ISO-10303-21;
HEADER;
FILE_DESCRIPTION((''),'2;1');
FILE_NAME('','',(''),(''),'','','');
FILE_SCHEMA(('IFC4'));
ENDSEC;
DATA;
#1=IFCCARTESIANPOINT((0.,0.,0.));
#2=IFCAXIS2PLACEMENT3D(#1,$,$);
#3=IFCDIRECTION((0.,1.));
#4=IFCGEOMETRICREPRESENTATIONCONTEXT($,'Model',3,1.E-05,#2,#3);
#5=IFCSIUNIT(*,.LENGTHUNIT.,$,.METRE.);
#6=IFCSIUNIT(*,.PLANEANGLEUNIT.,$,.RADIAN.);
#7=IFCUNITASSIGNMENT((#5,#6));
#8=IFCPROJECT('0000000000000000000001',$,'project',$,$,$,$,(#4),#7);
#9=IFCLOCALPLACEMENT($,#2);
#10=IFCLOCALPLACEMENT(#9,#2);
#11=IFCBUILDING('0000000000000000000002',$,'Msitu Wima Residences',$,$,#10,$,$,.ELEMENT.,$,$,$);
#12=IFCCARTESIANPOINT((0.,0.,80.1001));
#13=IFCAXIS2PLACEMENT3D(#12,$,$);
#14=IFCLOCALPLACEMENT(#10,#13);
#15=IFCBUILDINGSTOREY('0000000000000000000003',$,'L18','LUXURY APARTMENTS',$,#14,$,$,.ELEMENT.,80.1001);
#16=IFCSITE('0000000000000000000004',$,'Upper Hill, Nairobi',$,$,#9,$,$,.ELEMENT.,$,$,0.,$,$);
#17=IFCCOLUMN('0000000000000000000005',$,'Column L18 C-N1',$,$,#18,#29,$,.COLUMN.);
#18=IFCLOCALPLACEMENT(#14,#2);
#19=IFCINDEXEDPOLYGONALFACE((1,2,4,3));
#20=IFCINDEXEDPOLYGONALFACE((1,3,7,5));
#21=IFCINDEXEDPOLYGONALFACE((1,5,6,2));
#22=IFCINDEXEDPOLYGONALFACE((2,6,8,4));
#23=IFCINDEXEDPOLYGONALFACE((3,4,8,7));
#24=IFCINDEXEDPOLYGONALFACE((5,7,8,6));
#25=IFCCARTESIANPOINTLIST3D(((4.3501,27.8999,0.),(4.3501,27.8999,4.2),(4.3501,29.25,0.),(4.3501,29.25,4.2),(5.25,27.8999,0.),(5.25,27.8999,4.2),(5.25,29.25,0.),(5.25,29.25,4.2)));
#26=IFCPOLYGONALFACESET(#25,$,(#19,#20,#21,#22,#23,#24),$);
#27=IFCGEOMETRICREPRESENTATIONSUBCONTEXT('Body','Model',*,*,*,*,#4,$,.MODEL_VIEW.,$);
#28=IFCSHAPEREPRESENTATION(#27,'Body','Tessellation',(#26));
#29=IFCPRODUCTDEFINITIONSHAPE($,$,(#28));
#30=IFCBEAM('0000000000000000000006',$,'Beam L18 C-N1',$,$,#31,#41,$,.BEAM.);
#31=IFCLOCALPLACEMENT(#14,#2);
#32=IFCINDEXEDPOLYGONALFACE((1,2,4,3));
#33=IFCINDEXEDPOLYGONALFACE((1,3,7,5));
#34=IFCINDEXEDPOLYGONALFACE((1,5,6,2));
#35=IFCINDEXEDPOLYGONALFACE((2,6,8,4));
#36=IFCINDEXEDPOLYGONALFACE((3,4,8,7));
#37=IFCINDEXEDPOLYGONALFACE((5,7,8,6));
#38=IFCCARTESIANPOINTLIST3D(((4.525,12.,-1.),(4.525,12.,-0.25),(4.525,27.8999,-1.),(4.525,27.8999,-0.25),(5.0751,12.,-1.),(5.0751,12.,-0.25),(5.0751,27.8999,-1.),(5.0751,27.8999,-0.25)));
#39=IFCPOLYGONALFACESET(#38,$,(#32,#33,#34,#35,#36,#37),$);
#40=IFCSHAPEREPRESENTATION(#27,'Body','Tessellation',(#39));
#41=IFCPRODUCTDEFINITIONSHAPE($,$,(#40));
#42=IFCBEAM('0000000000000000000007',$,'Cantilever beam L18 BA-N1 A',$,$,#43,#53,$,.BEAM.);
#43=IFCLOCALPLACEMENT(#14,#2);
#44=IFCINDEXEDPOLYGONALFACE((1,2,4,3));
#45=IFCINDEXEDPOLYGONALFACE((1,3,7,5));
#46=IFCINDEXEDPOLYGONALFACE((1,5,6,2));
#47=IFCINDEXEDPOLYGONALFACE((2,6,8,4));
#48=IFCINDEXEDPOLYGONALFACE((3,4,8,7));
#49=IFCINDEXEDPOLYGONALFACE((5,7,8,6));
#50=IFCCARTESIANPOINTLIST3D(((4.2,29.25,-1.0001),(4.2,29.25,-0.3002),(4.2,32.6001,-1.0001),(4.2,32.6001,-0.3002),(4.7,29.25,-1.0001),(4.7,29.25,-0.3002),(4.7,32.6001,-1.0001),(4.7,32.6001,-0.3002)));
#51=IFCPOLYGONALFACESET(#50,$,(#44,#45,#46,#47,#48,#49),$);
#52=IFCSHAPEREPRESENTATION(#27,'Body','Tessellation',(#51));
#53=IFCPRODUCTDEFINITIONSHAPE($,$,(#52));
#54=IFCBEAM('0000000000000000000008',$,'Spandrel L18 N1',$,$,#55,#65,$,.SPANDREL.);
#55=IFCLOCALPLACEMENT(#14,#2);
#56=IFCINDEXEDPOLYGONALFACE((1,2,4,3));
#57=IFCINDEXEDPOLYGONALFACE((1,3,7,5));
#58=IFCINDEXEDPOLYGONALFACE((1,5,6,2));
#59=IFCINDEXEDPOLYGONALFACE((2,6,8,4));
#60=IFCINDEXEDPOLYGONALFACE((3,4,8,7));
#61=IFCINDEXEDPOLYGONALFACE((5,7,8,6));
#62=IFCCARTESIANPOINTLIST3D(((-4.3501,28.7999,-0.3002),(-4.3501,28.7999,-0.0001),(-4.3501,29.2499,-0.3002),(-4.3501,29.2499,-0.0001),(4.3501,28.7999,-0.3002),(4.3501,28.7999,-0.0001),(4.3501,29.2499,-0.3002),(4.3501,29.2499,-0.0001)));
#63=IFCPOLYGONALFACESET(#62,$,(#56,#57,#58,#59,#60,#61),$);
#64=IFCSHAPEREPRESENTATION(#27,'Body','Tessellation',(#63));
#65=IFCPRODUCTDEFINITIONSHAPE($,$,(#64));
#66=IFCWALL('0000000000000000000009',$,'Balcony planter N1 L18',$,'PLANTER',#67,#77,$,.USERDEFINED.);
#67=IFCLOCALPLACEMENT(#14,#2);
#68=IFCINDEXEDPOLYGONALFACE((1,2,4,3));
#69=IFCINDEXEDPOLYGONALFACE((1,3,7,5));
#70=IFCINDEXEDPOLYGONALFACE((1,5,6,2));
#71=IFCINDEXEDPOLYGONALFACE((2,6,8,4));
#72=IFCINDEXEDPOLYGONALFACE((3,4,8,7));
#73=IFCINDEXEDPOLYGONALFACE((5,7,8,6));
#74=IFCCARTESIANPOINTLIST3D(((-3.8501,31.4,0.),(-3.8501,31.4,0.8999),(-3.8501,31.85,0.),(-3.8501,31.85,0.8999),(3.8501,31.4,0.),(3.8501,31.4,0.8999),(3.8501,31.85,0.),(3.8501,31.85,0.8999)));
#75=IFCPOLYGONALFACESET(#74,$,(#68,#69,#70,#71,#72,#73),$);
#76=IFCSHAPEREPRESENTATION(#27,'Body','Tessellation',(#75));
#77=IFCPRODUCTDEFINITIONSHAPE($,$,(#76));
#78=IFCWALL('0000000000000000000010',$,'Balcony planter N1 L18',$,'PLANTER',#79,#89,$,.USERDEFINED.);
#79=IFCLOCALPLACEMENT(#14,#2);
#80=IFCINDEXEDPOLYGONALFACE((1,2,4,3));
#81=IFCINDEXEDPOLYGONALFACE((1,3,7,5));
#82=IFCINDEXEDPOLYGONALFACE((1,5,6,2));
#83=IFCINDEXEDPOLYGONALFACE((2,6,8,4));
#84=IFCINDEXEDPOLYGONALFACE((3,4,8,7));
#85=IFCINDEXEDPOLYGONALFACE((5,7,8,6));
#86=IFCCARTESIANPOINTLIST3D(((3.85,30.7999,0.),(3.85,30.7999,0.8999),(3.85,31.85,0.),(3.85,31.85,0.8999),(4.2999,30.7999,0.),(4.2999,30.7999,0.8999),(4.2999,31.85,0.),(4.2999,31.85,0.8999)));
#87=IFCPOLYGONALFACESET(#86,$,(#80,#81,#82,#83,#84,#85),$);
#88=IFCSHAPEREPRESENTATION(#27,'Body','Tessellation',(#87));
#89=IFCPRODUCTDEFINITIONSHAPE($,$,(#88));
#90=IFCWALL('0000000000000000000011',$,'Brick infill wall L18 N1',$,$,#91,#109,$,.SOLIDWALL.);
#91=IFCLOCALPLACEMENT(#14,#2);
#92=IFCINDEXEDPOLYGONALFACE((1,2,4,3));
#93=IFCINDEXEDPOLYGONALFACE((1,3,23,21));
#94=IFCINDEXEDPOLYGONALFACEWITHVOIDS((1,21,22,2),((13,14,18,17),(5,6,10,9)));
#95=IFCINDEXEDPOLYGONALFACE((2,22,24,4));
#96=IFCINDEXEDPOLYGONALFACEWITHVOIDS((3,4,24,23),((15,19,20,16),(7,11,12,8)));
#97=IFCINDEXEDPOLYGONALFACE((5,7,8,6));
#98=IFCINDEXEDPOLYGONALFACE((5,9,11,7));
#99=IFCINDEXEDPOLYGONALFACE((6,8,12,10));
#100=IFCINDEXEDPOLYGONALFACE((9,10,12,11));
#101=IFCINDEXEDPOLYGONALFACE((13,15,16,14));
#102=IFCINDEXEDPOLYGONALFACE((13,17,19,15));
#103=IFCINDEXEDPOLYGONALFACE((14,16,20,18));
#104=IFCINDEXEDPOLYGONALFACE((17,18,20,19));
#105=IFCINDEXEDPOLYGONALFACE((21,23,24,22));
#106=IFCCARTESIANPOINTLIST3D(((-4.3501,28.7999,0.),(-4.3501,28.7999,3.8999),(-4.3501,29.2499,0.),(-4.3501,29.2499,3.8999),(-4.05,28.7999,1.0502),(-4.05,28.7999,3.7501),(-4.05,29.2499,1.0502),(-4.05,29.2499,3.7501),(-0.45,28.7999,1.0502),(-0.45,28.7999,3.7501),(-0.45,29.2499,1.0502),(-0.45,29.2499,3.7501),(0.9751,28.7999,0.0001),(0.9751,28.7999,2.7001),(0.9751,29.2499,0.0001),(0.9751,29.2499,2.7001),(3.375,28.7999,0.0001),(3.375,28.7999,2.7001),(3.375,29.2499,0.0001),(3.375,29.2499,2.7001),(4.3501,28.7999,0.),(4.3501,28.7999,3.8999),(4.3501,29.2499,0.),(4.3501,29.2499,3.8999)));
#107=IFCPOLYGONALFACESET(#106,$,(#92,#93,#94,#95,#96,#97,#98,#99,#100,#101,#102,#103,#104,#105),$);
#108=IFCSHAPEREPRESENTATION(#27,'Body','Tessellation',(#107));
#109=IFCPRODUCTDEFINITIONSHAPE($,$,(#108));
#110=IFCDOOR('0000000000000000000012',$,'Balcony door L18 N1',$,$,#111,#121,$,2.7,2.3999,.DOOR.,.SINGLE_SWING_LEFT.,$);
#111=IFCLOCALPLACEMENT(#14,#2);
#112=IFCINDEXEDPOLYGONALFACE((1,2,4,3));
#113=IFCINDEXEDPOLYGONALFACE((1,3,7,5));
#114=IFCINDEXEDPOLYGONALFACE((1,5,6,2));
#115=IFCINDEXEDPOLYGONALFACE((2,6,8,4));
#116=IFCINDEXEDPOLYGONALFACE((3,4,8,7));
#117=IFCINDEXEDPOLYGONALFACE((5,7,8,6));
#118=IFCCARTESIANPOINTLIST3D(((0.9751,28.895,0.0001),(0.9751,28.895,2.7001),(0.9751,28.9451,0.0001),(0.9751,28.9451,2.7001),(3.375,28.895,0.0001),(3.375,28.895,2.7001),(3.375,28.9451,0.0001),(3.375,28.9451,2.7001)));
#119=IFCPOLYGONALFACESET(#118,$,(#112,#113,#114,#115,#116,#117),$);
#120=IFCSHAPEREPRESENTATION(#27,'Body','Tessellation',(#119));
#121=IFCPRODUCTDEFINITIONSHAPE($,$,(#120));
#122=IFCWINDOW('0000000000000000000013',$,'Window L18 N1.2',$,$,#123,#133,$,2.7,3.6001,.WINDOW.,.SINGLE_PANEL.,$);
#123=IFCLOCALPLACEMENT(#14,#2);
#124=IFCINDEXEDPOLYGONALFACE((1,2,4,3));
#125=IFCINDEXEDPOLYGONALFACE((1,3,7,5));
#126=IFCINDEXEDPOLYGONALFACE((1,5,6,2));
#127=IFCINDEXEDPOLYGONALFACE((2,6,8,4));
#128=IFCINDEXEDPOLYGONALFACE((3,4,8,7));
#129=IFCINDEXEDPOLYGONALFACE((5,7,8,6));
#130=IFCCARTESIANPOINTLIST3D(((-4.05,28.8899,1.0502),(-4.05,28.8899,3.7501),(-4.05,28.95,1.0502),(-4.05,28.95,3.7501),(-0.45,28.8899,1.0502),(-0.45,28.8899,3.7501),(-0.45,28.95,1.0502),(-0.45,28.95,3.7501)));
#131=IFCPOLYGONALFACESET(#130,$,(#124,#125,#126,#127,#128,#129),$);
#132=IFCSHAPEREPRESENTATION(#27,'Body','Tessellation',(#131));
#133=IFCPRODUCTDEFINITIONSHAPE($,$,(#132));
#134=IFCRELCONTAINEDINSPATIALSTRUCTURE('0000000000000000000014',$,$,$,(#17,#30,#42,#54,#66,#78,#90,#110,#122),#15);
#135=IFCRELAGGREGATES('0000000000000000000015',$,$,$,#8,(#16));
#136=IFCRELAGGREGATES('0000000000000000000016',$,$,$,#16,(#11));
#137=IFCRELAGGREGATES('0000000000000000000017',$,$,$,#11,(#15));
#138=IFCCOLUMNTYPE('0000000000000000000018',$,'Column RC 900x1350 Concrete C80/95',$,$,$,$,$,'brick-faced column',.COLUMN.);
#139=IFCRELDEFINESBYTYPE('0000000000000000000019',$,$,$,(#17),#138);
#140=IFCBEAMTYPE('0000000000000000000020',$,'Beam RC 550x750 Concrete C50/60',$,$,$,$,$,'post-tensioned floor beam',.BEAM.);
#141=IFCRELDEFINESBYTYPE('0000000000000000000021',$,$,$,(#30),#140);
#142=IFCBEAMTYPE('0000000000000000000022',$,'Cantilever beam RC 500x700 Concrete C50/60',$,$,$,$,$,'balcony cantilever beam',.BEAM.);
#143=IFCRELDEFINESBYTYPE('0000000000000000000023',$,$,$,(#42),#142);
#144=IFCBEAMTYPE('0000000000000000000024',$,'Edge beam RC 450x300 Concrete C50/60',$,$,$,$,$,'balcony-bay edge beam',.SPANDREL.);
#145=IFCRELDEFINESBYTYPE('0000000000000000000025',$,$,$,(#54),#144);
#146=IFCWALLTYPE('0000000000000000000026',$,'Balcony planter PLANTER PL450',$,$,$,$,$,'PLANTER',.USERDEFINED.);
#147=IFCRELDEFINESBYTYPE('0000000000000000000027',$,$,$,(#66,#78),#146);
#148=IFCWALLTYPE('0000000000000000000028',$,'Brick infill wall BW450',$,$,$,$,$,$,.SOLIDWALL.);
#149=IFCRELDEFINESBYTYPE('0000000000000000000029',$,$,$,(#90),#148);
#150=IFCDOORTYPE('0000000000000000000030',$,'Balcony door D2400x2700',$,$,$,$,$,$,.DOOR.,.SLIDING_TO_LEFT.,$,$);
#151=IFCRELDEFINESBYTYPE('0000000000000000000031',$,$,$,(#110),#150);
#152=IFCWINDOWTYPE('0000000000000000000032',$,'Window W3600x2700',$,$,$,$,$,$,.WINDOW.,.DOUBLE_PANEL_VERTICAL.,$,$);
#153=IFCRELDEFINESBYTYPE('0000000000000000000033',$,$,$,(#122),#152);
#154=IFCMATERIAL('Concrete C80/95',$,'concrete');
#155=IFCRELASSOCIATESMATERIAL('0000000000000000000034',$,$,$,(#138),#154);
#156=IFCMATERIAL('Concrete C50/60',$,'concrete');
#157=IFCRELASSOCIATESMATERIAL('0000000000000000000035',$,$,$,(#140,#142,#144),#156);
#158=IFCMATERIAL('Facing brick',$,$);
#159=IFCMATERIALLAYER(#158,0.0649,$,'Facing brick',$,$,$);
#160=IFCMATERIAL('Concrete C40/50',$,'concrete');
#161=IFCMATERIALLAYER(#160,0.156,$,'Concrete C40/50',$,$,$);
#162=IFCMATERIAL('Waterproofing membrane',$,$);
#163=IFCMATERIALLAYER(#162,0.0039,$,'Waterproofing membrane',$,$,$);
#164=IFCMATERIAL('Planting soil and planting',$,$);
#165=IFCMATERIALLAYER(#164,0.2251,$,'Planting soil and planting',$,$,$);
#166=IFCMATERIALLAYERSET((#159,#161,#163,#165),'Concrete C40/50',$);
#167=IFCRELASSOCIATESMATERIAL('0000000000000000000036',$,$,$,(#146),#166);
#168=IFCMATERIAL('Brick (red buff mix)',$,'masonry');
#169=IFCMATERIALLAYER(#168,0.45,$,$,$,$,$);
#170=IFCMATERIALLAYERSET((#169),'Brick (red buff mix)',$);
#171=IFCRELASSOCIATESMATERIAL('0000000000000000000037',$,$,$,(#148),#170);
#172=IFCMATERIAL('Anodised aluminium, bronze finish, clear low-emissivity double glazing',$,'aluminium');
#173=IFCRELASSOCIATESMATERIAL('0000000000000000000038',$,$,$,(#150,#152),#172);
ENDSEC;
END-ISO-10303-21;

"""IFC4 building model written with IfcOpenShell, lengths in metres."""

from ifc_helpers import new_model, si_unit, direction, frame, frame_2d, origin, origin_2d, place, context, subcontext, project, spatial, rectangle, extrude, material, layer, layer_set, material_profile, profile_set, type_object, element, fill, save


model = new_model("IFC4")

# Units and contexts
model_context = context("Model", 3, precision=1e-05, world=origin(), true_north=direction((0.0, 1.0)))
body_context = subcontext(model_context, "Body", "Model", "MODEL_VIEW")
ifc_project = project(units=[si_unit("LENGTHUNIT", "METRE"), si_unit("PLANEANGLEUNIT", "RADIAN")], contexts=[model_context])

# Site, building, storey
site_placement = place(None, origin())
site = spatial("IfcSite", under=ifc_project, at=site_placement, Name="Upper Hill, Nairobi", CompositionType="ELEMENT", RefElevation=0.0)
building_placement = place(site_placement, origin())
building = spatial("IfcBuilding", under=site, at=building_placement, Name="Msitu Wima Residences", CompositionType="ELEMENT")
storey_placement = place(building_placement, frame((0.0, 0.0, 80.1001)))
storey = spatial("IfcBuildingStorey", under=building, at=storey_placement, Name="L18", Description="LUXURY APARTMENTS", CompositionType="ELEMENT", Elevation=80.1001)

# Column
ifc_material_1 = material(Name="Concrete C80/95", Category="concrete")
ifc_material_profile_1 = material_profile(ifc_material_1, rectangle(XDim=0.8999, YDim=1.3501, at=origin_2d()), Name="RC 900x1350")
ifc_profile_set_1 = profile_set([ifc_material_profile_1], Name="Concrete C80/95")
column_type = type_object("IfcColumnType", Name="Column RC 900x1350 Concrete C80/95", ElementType="brick-faced column", PredefinedType="COLUMN", material=ifc_profile_set_1)
column_placement = place(storey_placement, frame((4.8, 28.575, 0.0), z_axis=(0.0, 0.0, 1.0), x_axis=(-1.0, 0.0, 0.0)))
element("IfcColumn", 1, at=column_placement, inside=storey, type_object=column_type, Name="Column L18 C-N1", PredefinedType="COLUMN", context=body_context, shape_type="SweptSolid", body=[
    extrude(rectangle(XDim=0.8999, YDim=1.3501, at=origin_2d()), origin(), (0.0, 0.0, 1.0), 4.2),
])

# Beams
ifc_material_2 = material(Name="Concrete C50/60", Category="concrete")
ifc_material_profile_2 = material_profile(ifc_material_2, rectangle(XDim=0.55, YDim=0.75, at=origin_2d()), Name="RC 550x750")
ifc_profile_set_2 = profile_set([ifc_material_profile_2], Name="Concrete C50/60")
beam_type_1 = type_object("IfcBeamType", Name="Beam RC 550x750 Concrete C50/60", ElementType="post-tensioned floor beam", PredefinedType="BEAM", material=ifc_profile_set_2)
beam_1_placement = place(storey_placement, frame((4.8, 27.8999, -0.625), z_axis=(0.0, -1.0, 0.0), x_axis=(1.0, 0.0, 0.0)))
element("IfcBeam", 2, at=beam_1_placement, inside=storey, type_object=beam_type_1, Name="Beam L18 C-N1", PredefinedType="BEAM", context=body_context, shape_type="SweptSolid", body=[
    extrude(rectangle(XDim=0.55, YDim=0.75, at=origin_2d()), origin(), (0.0, 0.0, 1.0), 15.8999),
])
ifc_material_profile_3 = material_profile(ifc_material_2, rectangle(XDim=0.5, YDim=0.7, at=origin_2d()), Name="RC 500x700")
ifc_profile_set_3 = profile_set([ifc_material_profile_3], Name="Concrete C50/60")
beam_type_2 = type_object("IfcBeamType", Name="Cantilever beam RC 500x700 Concrete C50/60", ElementType="balcony cantilever beam", PredefinedType="BEAM", material=ifc_profile_set_3)
beam_2_placement = place(storey_placement, frame((4.45, 29.25, -0.6501), z_axis=(0.0, 1.0, 0.0), x_axis=(-1.0, 0.0, 0.0)))
element("IfcBeam", 3, at=beam_2_placement, inside=storey, type_object=beam_type_2, Name="Cantilever beam L18 BA-N1 A", PredefinedType="BEAM", context=body_context, shape_type="SweptSolid", body=[
    extrude(rectangle(XDim=0.5, YDim=0.7, at=origin_2d()), origin(), (0.0, 0.0, 1.0), 3.3501),
])
ifc_material_profile_4 = material_profile(ifc_material_2, rectangle(XDim=0.45, YDim=0.3, at=origin_2d()), Name="RC 450x300")
ifc_profile_set_4 = profile_set([ifc_material_profile_4], Name="Concrete C50/60")
beam_type_3 = type_object("IfcBeamType", Name="Edge beam RC 450x300 Concrete C50/60", ElementType="balcony-bay edge beam", PredefinedType="SPANDREL", material=ifc_profile_set_4)
beam_3_placement = place(storey_placement, frame((4.3501, 29.0249, -0.1501), z_axis=(-1.0, 0.0, 0.0), x_axis=(0.0, -1.0, 0.0)))
element("IfcBeam", 4, at=beam_3_placement, inside=storey, type_object=beam_type_3, Name="Spandrel L18 N1", PredefinedType="SPANDREL", context=body_context, shape_type="SweptSolid", body=[
    extrude(rectangle(XDim=0.45, YDim=0.3, at=origin_2d()), origin(), (0.0, 0.0, 1.0), 8.7002),
])

# Walls
ifc_material_3 = material(Name="Facing brick")
ifc_layer_1 = layer(ifc_material_3, 0.0649, Name="Facing brick")
ifc_material_4 = material(Name="Concrete C40/50", Category="concrete")
ifc_layer_2 = layer(ifc_material_4, 0.156, Name="Concrete C40/50")
ifc_material_5 = material(Name="Waterproofing membrane")
ifc_layer_3 = layer(ifc_material_5, 0.0039, Name="Waterproofing membrane")
ifc_material_6 = material(Name="Planting soil and planting")
ifc_layer_4 = layer(ifc_material_6, 0.2251, Name="Planting soil and planting")
ifc_layer_set_1 = layer_set([ifc_layer_1, ifc_layer_2, ifc_layer_3, ifc_layer_4], Name="Concrete C40/50")
wall_type_1 = type_object("IfcWallType", Name="Balcony planter PLANTER PL450", ElementType="PLANTER", PredefinedType="USERDEFINED", material=ifc_layer_set_1)
wall_1_placement = place(storey_placement, frame((3.8501, 31.625, 0.0), z_axis=(0.0, 0.0, 1.0), x_axis=(-1.0, 0.0, 0.0)))
element("IfcWall", 5, at=wall_1_placement, inside=storey, type_object=wall_type_1, Name="Balcony planter N1 L18", ObjectType="PLANTER", PredefinedType="USERDEFINED", context=body_context, shape_type="SweptSolid", body=[
    extrude(rectangle(XDim=7.7002, YDim=0.45, at=frame_2d((3.8501, 0.0))), origin(), (0.0, 0.0, 1.0), 0.8999),
])
wall_2_placement = place(storey_placement, frame((4.075, 30.8, 0.0), z_axis=(0.0, 0.0, 1.0), x_axis=(0.0, 1.0, 0.0)))
element("IfcWall", 6, at=wall_2_placement, inside=storey, type_object=wall_type_1, Name="Balcony planter N1 L18", ObjectType="PLANTER", PredefinedType="USERDEFINED", context=body_context, shape_type="SweptSolid", body=[
    extrude(rectangle(XDim=1.05, YDim=0.45, at=frame_2d((0.5249, 0.0))), origin(), (0.0, 0.0, 1.0), 0.8999),
])

# Wall, openings, door, window
ifc_material_7 = material(Name="Brick (red buff mix)", Category="masonry")
ifc_layer_5 = layer(ifc_material_7, 0.45)
ifc_layer_set_2 = layer_set([ifc_layer_5], Name="Brick (red buff mix)")
wall_type_2 = type_object("IfcWallType", Name="Brick infill wall BW450", PredefinedType="SOLIDWALL", material=ifc_layer_set_2)
wall_3_placement = place(storey_placement, frame((4.3501, 29.0249, 0.0), z_axis=(0.0, 0.0, 1.0), x_axis=(-1.0, 0.0, 0.0)))
wall_3 = element("IfcWall", 7, at=wall_3_placement, inside=storey, type_object=wall_type_2, Name="Brick infill wall L18 N1", PredefinedType="SOLIDWALL", context=body_context, shape_type="SweptSolid", body=[
    extrude(rectangle(XDim=8.7002, YDim=0.45, at=frame_2d((4.3501, 0.0))), origin(), (0.0, 0.0, 1.0), 3.8999),
])
opening_1_placement = place(wall_3_placement, frame((0.9751, 0.0, 0.0)))
opening_1 = element("IfcOpeningElement", 8, at=opening_1_placement, cuts=wall_3, PredefinedType="OPENING", context=body_context, shape_type="SweptSolid", body=[
    extrude(rectangle(XDim=2.3999, YDim=2.7, at=frame_2d((1.2, 1.3501))), frame((0.0, 0.2349, 0.0), z_axis=(0.0, -1.0, 0.0), x_axis=(1.0, 0.0, 0.0)), (0.0, 0.0, 1.0), 0.47),
])
opening_2_placement = place(wall_3_placement, frame((4.8, 0.0, 1.05)))
opening_2 = element("IfcOpeningElement", 9, at=opening_2_placement, cuts=wall_3, PredefinedType="OPENING", context=body_context, shape_type="SweptSolid", body=[
    extrude(rectangle(XDim=3.6001, YDim=2.7, at=frame_2d((1.8, 1.3501))), frame((0.0, 0.2349, 0.0), z_axis=(0.0, -1.0, 0.0), x_axis=(1.0, 0.0, 0.0)), (0.0, 0.0, 1.0), 0.47),
])
ifc_material_8 = material(Name="Anodised aluminium, bronze finish, clear low-emissivity double glazing", Category="aluminium")
door_type_1 = type_object("IfcDoorType", Name="Balcony door D2400x2700", OperationType="SLIDING_TO_LEFT", PredefinedType="DOOR", material=ifc_material_8)
door_1_placement = place(opening_1_placement, origin())
door_1 = element("IfcDoor", 10, at=door_1_placement, inside=storey, type_object=door_type_1, Name="Balcony door L18 N1", OperationType="SINGLE_SWING_LEFT", OverallHeight=2.7, OverallWidth=2.3999, PredefinedType="DOOR", context=body_context, shape_type="SweptSolid", body=[
    extrude(rectangle(XDim=2.3999, YDim=2.7, at=frame_2d((1.2, 1.3501))), frame((0.0, 0.1299, 0.0), z_axis=(0.0, -1.0, 0.0), x_axis=(1.0, 0.0, 0.0)), (0.0, 0.0, 1.0), 0.05),
])
fill(opening_1, door_1)
window_type = type_object("IfcWindowType", Name="Window W3600x2700", PartitioningType="DOUBLE_PANEL_VERTICAL", PredefinedType="WINDOW", material=ifc_material_8)
window_placement = place(opening_2_placement, origin())
window = element("IfcWindow", 11, at=window_placement, inside=storey, type_object=window_type, Name="Window L18 N1.2", OverallHeight=2.7, OverallWidth=3.6001, PartitioningType="SINGLE_PANEL", PredefinedType="WINDOW", context=body_context, shape_type="SweptSolid", body=[
    extrude(rectangle(XDim=3.6001, YDim=2.7, at=frame_2d((1.8, 1.3501))), frame((0.0, 0.135, 0.0), z_axis=(0.0, -1.0, 0.0), x_axis=(1.0, 0.0, 0.0)), (0.0, 0.0, 1.0), 0.0601),
])
fill(opening_2, window)

save(model, "model.ifc")
